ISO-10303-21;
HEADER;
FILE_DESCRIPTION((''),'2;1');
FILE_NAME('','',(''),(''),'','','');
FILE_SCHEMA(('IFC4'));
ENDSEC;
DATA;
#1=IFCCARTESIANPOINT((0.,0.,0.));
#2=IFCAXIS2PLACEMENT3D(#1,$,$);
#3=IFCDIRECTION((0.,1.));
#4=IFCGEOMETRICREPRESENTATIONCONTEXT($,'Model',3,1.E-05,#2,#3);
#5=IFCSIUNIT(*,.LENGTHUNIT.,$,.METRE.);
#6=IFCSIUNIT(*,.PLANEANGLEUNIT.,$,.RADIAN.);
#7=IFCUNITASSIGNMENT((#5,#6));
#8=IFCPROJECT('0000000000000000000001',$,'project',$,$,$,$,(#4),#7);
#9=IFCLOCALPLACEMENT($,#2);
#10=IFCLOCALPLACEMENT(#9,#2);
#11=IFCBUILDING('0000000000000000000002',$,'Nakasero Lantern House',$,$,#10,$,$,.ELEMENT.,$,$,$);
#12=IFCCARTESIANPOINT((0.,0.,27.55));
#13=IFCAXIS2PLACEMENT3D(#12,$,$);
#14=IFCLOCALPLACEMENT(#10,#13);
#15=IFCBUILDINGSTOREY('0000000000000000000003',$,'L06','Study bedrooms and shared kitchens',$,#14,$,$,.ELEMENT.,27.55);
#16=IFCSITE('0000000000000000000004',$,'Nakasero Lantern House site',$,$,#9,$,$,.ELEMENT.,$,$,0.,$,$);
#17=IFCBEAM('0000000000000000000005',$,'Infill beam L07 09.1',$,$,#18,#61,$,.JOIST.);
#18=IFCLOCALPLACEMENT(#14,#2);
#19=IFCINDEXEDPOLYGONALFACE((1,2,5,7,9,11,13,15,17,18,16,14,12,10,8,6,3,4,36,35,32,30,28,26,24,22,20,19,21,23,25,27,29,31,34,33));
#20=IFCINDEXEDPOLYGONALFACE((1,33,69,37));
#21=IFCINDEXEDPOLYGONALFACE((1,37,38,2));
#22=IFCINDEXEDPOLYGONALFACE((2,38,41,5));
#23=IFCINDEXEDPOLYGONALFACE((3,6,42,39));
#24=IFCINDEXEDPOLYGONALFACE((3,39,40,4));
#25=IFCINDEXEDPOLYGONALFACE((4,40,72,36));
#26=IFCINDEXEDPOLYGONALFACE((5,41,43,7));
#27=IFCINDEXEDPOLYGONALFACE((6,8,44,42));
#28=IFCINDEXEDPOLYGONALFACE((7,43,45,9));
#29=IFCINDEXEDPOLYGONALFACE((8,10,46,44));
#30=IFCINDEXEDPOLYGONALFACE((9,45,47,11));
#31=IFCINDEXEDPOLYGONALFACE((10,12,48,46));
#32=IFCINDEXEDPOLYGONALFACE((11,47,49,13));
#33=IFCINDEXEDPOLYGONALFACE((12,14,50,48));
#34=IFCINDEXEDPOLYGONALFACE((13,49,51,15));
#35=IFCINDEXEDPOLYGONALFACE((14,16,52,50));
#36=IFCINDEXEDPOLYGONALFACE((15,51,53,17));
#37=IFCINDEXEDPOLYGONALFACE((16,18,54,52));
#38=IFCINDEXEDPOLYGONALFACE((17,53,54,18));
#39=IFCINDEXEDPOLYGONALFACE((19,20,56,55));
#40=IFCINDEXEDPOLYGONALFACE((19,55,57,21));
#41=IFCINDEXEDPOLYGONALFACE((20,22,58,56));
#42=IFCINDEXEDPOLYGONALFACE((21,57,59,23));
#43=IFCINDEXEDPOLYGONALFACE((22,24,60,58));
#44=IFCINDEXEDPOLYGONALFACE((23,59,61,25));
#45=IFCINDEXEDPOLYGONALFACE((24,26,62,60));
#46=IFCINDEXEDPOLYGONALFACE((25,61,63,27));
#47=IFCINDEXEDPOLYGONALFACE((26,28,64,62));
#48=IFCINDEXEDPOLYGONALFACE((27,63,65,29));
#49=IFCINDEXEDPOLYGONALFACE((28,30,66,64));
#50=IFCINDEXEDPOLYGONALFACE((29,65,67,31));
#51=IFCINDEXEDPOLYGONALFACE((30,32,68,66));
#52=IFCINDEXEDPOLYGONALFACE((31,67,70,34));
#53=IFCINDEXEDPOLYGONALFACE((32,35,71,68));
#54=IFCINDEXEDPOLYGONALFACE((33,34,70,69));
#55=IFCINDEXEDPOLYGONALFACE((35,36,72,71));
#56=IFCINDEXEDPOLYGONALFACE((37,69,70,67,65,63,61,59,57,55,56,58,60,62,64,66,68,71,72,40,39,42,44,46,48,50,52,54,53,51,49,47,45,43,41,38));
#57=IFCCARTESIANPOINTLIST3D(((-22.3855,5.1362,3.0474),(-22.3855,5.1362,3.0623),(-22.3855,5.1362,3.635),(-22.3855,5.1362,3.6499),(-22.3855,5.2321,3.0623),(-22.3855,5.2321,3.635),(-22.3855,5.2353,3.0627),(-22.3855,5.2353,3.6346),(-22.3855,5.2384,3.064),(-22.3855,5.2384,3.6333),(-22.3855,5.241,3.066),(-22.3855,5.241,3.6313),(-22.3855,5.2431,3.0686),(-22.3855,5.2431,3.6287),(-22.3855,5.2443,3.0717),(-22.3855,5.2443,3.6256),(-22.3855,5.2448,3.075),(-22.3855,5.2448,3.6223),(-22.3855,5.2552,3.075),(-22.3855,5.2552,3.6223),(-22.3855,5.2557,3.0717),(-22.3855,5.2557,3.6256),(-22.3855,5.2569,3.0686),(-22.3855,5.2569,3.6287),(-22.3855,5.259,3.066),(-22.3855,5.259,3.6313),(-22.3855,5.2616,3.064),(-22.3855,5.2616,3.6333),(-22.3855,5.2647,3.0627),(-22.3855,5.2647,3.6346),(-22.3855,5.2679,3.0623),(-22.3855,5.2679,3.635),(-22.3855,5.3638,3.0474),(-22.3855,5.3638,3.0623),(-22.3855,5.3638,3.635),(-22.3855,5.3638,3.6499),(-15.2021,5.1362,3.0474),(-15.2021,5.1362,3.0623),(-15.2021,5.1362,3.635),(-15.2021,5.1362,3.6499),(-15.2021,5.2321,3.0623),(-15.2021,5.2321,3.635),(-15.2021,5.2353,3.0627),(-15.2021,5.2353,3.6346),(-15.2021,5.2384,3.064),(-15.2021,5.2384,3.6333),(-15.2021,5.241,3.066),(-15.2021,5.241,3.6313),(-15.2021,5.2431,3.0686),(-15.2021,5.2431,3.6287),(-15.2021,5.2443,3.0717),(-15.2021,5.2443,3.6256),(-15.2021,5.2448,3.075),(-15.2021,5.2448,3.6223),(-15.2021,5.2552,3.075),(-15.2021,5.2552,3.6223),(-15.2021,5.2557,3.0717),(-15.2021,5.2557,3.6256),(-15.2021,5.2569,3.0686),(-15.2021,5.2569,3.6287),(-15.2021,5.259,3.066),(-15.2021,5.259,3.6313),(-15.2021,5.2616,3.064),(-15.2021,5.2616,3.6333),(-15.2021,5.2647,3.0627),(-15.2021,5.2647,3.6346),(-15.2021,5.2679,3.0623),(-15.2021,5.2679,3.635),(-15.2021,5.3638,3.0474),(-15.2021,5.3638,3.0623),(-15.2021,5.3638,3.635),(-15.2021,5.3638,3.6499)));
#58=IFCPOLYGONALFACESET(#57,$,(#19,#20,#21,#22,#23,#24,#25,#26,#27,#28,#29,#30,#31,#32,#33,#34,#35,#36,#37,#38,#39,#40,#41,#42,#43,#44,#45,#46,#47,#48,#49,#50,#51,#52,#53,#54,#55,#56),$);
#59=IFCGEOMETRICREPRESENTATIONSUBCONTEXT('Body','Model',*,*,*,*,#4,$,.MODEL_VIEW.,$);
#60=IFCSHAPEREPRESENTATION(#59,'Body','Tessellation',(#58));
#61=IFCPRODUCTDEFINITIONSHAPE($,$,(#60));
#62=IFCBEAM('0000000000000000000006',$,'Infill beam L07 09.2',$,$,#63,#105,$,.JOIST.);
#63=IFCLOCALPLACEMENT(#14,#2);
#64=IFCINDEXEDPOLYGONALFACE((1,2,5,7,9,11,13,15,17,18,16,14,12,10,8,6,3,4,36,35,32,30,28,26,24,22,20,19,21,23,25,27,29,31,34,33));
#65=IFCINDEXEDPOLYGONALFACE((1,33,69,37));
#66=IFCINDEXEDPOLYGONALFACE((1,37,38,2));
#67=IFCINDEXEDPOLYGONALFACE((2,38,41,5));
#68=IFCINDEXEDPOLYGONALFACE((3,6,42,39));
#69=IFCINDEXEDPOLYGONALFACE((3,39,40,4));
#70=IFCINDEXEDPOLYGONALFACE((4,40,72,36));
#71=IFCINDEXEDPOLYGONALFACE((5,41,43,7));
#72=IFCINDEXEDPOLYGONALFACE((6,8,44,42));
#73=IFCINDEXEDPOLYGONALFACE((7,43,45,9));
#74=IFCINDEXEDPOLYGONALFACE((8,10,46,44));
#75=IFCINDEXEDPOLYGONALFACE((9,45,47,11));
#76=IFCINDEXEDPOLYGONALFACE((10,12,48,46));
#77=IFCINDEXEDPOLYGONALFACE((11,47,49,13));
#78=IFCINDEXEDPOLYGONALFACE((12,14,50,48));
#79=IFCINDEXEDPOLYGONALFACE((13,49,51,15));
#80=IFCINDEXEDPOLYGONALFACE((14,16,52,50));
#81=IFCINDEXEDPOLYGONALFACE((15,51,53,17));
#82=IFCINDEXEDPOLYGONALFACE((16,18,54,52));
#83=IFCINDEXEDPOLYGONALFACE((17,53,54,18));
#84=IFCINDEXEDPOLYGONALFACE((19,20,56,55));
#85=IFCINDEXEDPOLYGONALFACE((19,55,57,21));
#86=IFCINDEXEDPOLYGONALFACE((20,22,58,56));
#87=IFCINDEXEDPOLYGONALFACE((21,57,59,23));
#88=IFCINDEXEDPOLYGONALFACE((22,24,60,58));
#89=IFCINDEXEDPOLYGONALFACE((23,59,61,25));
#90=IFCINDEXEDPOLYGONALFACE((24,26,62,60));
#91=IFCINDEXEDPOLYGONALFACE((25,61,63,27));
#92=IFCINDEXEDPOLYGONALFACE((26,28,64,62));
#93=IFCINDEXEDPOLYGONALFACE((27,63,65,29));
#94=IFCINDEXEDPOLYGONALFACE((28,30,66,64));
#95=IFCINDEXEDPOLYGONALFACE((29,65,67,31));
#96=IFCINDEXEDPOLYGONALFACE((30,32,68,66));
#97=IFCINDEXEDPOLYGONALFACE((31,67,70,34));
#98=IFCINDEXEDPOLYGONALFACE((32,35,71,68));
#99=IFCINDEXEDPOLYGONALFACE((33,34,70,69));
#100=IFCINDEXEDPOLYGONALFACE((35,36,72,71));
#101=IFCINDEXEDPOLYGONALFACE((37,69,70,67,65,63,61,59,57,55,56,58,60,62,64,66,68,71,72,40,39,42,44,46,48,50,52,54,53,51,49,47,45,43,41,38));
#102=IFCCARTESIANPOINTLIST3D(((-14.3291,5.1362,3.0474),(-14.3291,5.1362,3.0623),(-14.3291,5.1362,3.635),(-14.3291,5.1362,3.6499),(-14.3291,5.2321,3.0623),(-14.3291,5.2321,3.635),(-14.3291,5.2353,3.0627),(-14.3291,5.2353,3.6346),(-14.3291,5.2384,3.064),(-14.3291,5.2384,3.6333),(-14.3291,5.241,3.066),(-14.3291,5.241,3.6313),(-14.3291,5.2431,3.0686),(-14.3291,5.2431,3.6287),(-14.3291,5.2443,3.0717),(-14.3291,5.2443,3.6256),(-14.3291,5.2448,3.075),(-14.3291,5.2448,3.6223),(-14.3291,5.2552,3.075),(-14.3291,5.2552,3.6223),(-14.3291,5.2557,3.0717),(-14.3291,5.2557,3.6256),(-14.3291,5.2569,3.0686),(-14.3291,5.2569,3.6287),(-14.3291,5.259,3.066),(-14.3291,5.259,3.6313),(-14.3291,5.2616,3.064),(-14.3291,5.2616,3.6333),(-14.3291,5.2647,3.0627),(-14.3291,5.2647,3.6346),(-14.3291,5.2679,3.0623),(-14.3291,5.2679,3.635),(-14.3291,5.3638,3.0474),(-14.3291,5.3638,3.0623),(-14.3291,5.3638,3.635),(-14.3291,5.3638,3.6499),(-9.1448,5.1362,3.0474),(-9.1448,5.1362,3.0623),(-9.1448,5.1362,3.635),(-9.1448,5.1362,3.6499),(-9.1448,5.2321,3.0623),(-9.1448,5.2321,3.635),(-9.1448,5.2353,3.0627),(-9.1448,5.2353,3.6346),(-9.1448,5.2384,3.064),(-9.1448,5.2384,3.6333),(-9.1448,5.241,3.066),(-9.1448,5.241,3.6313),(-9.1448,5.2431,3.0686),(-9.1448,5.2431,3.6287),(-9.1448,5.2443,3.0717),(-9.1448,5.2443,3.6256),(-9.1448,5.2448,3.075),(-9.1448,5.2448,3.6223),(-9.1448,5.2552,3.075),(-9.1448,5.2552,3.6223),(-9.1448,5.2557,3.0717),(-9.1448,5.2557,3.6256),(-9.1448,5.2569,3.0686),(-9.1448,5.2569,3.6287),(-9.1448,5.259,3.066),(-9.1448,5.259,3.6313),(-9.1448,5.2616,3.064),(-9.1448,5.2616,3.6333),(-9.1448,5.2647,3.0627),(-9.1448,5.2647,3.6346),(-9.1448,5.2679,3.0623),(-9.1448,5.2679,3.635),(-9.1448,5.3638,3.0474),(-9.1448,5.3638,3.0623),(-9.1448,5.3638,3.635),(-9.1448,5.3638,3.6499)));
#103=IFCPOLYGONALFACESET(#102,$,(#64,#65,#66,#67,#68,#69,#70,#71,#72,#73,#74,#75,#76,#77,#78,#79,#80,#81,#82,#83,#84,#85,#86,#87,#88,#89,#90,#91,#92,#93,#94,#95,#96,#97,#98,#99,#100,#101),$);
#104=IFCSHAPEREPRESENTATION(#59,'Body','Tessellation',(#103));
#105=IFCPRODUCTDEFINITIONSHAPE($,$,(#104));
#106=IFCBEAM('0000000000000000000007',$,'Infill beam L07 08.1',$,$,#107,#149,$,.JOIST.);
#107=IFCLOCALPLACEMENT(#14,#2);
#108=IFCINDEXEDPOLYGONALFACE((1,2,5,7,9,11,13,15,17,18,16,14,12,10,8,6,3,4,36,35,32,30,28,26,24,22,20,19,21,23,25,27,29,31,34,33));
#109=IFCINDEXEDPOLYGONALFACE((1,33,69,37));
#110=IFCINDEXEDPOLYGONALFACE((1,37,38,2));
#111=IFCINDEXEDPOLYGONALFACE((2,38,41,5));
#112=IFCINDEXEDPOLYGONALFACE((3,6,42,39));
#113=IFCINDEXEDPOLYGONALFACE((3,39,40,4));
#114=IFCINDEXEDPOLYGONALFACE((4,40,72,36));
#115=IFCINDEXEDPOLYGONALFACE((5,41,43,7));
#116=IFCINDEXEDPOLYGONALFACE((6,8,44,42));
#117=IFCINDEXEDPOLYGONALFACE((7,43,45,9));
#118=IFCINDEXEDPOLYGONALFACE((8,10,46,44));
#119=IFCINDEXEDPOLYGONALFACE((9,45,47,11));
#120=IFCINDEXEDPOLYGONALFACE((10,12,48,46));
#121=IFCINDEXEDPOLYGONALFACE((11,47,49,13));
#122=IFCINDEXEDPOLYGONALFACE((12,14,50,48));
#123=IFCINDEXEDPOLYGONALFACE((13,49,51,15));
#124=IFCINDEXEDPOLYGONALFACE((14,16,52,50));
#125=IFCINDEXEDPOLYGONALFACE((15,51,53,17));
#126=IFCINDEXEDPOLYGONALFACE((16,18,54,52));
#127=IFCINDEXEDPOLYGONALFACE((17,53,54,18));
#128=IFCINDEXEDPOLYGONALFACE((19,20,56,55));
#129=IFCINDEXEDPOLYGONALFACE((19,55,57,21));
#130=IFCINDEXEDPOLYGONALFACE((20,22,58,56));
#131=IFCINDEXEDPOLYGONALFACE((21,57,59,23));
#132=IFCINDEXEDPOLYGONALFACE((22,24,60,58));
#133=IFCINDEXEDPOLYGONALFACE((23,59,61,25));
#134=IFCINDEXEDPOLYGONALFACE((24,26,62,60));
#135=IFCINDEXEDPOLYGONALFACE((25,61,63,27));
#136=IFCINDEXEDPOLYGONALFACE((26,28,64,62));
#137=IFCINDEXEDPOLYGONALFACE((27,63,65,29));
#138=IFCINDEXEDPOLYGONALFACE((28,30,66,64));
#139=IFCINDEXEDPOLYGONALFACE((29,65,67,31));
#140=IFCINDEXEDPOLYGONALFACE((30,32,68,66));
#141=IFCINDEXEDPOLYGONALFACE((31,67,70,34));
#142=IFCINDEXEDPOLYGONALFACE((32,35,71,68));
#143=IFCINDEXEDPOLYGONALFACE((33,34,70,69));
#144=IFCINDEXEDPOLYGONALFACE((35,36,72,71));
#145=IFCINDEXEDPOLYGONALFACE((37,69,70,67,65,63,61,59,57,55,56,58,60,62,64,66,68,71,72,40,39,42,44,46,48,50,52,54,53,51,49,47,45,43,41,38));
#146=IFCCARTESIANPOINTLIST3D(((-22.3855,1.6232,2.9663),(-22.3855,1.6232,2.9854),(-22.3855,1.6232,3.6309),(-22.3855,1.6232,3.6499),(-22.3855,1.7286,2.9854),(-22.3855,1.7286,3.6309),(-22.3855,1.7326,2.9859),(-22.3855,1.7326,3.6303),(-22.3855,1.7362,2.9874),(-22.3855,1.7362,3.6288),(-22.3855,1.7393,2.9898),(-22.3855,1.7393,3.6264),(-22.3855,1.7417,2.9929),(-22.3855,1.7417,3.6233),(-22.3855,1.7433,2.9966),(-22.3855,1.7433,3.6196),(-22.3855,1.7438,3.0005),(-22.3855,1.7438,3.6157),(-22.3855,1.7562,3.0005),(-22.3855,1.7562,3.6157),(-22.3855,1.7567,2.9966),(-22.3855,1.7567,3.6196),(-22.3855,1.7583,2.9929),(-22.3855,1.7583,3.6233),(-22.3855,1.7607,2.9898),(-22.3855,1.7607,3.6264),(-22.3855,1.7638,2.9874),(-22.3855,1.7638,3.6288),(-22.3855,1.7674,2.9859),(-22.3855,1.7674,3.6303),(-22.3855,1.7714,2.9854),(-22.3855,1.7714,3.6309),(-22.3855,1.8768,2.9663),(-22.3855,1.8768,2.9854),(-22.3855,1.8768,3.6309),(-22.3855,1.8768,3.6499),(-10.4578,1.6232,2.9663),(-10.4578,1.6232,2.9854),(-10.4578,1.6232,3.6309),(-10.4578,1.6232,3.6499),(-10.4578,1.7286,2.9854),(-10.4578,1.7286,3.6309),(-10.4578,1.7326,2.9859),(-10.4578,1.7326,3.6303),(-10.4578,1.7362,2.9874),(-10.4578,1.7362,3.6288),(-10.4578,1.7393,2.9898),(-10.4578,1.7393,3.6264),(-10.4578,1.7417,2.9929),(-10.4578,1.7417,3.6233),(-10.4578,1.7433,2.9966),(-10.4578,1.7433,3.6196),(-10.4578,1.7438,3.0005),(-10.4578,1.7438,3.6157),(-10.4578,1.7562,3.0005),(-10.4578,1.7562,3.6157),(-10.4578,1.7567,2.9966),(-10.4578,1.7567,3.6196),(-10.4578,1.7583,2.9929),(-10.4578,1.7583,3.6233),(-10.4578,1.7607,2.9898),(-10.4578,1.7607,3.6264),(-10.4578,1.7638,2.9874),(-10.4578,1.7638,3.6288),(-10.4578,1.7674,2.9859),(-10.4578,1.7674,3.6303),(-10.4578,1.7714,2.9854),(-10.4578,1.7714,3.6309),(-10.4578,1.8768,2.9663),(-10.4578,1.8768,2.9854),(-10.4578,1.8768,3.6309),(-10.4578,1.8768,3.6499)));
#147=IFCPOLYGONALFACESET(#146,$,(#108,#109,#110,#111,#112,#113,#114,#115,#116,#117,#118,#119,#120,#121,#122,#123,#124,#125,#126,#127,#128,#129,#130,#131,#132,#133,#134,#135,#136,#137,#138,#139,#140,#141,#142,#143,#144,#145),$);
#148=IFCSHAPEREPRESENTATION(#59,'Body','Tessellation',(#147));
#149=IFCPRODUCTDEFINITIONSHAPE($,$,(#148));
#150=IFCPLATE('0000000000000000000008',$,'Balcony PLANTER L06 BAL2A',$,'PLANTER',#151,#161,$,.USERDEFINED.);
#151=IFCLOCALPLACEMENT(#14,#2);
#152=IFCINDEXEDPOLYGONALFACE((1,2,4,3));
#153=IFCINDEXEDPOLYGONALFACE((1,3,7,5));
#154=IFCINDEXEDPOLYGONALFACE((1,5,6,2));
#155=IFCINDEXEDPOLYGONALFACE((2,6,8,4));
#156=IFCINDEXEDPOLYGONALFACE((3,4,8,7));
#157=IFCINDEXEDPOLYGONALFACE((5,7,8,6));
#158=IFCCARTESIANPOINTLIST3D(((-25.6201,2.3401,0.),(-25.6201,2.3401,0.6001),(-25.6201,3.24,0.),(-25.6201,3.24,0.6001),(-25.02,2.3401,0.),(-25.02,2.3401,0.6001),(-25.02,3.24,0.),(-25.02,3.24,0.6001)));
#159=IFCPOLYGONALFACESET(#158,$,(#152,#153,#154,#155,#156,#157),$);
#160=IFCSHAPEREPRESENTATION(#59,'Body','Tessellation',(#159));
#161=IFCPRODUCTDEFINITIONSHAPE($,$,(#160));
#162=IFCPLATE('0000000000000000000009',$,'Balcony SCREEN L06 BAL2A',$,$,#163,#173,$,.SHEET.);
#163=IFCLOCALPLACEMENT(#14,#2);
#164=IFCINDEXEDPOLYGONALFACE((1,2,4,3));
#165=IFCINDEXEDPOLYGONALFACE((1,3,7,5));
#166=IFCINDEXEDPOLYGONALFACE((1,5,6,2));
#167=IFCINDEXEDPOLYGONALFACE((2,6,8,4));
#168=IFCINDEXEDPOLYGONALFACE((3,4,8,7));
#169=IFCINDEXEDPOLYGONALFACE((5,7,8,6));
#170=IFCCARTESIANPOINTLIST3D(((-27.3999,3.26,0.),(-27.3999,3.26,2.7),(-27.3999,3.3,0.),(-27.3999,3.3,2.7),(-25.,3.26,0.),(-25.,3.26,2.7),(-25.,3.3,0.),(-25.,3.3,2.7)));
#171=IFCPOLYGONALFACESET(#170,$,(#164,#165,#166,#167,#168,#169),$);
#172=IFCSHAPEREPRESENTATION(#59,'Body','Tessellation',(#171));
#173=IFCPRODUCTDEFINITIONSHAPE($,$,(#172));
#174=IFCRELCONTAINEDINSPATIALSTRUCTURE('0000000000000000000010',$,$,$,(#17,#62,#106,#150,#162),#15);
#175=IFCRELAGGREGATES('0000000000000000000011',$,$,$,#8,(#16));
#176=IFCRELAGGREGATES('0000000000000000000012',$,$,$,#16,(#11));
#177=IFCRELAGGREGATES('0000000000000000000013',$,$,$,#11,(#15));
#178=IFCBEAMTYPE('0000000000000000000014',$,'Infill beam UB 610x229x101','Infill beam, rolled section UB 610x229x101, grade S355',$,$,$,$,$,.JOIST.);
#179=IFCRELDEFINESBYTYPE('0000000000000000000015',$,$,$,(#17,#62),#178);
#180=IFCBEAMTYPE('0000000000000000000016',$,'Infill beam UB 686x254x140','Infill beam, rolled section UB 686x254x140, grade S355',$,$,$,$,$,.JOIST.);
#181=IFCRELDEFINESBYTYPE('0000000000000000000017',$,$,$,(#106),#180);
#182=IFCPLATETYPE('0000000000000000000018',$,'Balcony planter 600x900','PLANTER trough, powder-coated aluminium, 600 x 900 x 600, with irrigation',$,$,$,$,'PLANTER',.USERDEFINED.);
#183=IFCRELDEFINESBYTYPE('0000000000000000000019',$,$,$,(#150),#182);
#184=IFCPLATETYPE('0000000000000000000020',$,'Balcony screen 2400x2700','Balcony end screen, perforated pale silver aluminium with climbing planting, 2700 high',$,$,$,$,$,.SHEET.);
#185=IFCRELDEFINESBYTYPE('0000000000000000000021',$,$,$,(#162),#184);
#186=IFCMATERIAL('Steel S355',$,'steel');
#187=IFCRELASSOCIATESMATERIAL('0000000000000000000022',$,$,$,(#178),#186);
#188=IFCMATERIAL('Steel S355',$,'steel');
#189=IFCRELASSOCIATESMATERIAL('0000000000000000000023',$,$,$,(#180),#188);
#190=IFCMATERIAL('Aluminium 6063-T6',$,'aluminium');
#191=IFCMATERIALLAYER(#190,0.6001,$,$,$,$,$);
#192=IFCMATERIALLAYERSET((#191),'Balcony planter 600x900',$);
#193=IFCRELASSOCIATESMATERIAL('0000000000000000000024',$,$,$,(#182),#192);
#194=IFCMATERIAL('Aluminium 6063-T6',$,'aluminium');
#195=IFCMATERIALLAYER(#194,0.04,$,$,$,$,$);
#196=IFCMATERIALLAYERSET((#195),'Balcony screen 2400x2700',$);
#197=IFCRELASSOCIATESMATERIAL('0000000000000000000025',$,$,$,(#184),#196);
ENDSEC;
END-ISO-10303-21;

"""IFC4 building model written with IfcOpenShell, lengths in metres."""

from ifc_helpers import new_model, si_unit, direction, frame, origin, origin_2d, place, context, subcontext, project, spatial, rectangle, i_section, extrude, material, layer, layer_set, material_profile, profile_set, type_object, element, save


model = new_model("IFC4")

# Units and contexts
model_context = context("Model", 3, precision=1e-05, world=origin(), true_north=direction((0.0, 1.0)))
body_context = subcontext(model_context, "Body", "Model", "MODEL_VIEW")
ifc_project = project(units=[si_unit("LENGTHUNIT", "METRE"), si_unit("PLANEANGLEUNIT", "RADIAN")], contexts=[model_context])

# Site, building, storey
site_placement = place(None, origin())
site = spatial("IfcSite", under=ifc_project, at=site_placement, Name="Nakasero Lantern House site", CompositionType="ELEMENT", RefElevation=0.0)
building_placement = place(site_placement, origin())
building = spatial("IfcBuilding", under=site, at=building_placement, Name="Nakasero Lantern House", CompositionType="ELEMENT")
storey_placement = place(building_placement, frame((0.0, 0.0, 27.55)))
storey = spatial("IfcBuildingStorey", under=building, at=storey_placement, Name="L06", Description="Study bedrooms and shared kitchens", CompositionType="ELEMENT", Elevation=27.55)

# Beams
ifc_material_1 = material(Name="Steel S355", Category="steel")
ifc_material_profile_1 = material_profile(ifc_material_1, i_section(OverallWidth=0.2275, OverallDepth=0.6025, WebThickness=0.0105, FlangeThickness=0.0149, FilletRadius=0.0127, at=origin_2d()), Name="UB 610x229x101")
ifc_profile_set_1 = profile_set([ifc_material_profile_1], Name="Steel S355")
beam_type_1 = type_object("IfcBeamType", Name="Infill beam UB 610x229x101", Description="Infill beam, rolled section UB 610x229x101, grade S355", PredefinedType="JOIST", material=ifc_profile_set_1)
beam_1_placement = place(storey_placement, frame((-22.3855, 5.25, 3.3486), z_axis=(1.0, 0.0, 0.0), x_axis=(0.0, 1.0, 0.0)))
element("IfcBeam", 1, at=beam_1_placement, inside=storey, type_object=beam_type_1, Name="Infill beam L07 09.1", PredefinedType="JOIST", context=body_context, shape_type="SweptSolid", body=[
    extrude(i_section(OverallWidth=0.2275, OverallDepth=0.6025, WebThickness=0.0105, FlangeThickness=0.0149, FilletRadius=0.0127, at=origin_2d()), origin(), (0.0, 0.0, 1.0), 7.1833),
])
beam_2_placement = place(storey_placement, frame((-14.3291, 5.25, 3.3486), z_axis=(1.0, 0.0, 0.0), x_axis=(0.0, 1.0, 0.0)))
element("IfcBeam", 2, at=beam_2_placement, inside=storey, type_object=beam_type_1, Name="Infill beam L07 09.2", PredefinedType="JOIST", context=body_context, shape_type="SweptSolid", body=[
    extrude(i_section(OverallWidth=0.2275, OverallDepth=0.6025, WebThickness=0.0105, FlangeThickness=0.0149, FilletRadius=0.0127, at=origin_2d()), origin(), (0.0, 0.0, 1.0), 5.1843),
])
ifc_material_2 = material(Name="Steel S355", Category="steel")
ifc_material_profile_2 = material_profile(ifc_material_2, i_section(OverallWidth=0.2537, OverallDepth=0.6836, WebThickness=0.0125, FlangeThickness=0.019, FilletRadius=0.0151, at=origin_2d()), Name="UB 686x254x140")
ifc_profile_set_2 = profile_set([ifc_material_profile_2], Name="Steel S355")
beam_type_2 = type_object("IfcBeamType", Name="Infill beam UB 686x254x140", Description="Infill beam, rolled section UB 686x254x140, grade S355", PredefinedType="JOIST", material=ifc_profile_set_2)
beam_3_placement = place(storey_placement, frame((-22.3855, 1.75, 3.3081), z_axis=(1.0, 0.0, 0.0), x_axis=(0.0, 1.0, 0.0)))
element("IfcBeam", 3, at=beam_3_placement, inside=storey, type_object=beam_type_2, Name="Infill beam L07 08.1", PredefinedType="JOIST", context=body_context, shape_type="SweptSolid", body=[
    extrude(i_section(OverallWidth=0.2537, OverallDepth=0.6836, WebThickness=0.0125, FlangeThickness=0.019, FilletRadius=0.0151, at=origin_2d()), origin(), (0.0, 0.0, 1.0), 11.9277),
])

# Plates
ifc_material_3 = material(Name="Aluminium 6063-T6", Category="aluminium")
ifc_layer_1 = layer(ifc_material_3, 0.6001)
ifc_layer_set_1 = layer_set([ifc_layer_1], Name="Balcony planter 600x900")
plate_type_1 = type_object("IfcPlateType", Name="Balcony planter 600x900", Description="PLANTER trough, powder-coated aluminium, 600 x 900 x 600, with irrigation", ElementType="PLANTER", PredefinedType="USERDEFINED", material=ifc_layer_set_1)
plate_1_placement = place(storey_placement, frame((-25.3201, 2.79, 0.0), z_axis=(0.0, 0.0, 1.0), x_axis=(-1.0, 0.0, 0.0)))
element("IfcPlate", 4, at=plate_1_placement, inside=storey, type_object=plate_type_1, Name="Balcony PLANTER L06 BAL2A", ObjectType="PLANTER", PredefinedType="USERDEFINED", context=body_context, shape_type="SweptSolid", body=[
    extrude(rectangle(XDim=0.6001, YDim=0.8999, at=origin_2d()), origin(), (0.0, 0.0, 1.0), 0.6001),
])
ifc_material_4 = material(Name="Aluminium 6063-T6", Category="aluminium")
ifc_layer_2 = layer(ifc_material_4, 0.04)
ifc_layer_set_2 = layer_set([ifc_layer_2], Name="Balcony screen 2400x2700")
plate_type_2 = type_object("IfcPlateType", Name="Balcony screen 2400x2700", Description="Balcony end screen, perforated pale silver aluminium with climbing planting, 2700 high", PredefinedType="SHEET", material=ifc_layer_set_2)
plate_2_placement = place(storey_placement, frame((-26.2, 3.28, 0.0), z_axis=(0.0, 0.0, 1.0), x_axis=(-1.0, 0.0, 0.0)))
element("IfcPlate", 5, at=plate_2_placement, inside=storey, type_object=plate_type_2, Name="Balcony SCREEN L06 BAL2A", PredefinedType="SHEET", context=body_context, shape_type="SweptSolid", body=[
    extrude(rectangle(XDim=2.3999, YDim=0.04, at=origin_2d()), origin(), (0.0, 0.0, 1.0), 2.7),
])

save(model, "model.ifc")
